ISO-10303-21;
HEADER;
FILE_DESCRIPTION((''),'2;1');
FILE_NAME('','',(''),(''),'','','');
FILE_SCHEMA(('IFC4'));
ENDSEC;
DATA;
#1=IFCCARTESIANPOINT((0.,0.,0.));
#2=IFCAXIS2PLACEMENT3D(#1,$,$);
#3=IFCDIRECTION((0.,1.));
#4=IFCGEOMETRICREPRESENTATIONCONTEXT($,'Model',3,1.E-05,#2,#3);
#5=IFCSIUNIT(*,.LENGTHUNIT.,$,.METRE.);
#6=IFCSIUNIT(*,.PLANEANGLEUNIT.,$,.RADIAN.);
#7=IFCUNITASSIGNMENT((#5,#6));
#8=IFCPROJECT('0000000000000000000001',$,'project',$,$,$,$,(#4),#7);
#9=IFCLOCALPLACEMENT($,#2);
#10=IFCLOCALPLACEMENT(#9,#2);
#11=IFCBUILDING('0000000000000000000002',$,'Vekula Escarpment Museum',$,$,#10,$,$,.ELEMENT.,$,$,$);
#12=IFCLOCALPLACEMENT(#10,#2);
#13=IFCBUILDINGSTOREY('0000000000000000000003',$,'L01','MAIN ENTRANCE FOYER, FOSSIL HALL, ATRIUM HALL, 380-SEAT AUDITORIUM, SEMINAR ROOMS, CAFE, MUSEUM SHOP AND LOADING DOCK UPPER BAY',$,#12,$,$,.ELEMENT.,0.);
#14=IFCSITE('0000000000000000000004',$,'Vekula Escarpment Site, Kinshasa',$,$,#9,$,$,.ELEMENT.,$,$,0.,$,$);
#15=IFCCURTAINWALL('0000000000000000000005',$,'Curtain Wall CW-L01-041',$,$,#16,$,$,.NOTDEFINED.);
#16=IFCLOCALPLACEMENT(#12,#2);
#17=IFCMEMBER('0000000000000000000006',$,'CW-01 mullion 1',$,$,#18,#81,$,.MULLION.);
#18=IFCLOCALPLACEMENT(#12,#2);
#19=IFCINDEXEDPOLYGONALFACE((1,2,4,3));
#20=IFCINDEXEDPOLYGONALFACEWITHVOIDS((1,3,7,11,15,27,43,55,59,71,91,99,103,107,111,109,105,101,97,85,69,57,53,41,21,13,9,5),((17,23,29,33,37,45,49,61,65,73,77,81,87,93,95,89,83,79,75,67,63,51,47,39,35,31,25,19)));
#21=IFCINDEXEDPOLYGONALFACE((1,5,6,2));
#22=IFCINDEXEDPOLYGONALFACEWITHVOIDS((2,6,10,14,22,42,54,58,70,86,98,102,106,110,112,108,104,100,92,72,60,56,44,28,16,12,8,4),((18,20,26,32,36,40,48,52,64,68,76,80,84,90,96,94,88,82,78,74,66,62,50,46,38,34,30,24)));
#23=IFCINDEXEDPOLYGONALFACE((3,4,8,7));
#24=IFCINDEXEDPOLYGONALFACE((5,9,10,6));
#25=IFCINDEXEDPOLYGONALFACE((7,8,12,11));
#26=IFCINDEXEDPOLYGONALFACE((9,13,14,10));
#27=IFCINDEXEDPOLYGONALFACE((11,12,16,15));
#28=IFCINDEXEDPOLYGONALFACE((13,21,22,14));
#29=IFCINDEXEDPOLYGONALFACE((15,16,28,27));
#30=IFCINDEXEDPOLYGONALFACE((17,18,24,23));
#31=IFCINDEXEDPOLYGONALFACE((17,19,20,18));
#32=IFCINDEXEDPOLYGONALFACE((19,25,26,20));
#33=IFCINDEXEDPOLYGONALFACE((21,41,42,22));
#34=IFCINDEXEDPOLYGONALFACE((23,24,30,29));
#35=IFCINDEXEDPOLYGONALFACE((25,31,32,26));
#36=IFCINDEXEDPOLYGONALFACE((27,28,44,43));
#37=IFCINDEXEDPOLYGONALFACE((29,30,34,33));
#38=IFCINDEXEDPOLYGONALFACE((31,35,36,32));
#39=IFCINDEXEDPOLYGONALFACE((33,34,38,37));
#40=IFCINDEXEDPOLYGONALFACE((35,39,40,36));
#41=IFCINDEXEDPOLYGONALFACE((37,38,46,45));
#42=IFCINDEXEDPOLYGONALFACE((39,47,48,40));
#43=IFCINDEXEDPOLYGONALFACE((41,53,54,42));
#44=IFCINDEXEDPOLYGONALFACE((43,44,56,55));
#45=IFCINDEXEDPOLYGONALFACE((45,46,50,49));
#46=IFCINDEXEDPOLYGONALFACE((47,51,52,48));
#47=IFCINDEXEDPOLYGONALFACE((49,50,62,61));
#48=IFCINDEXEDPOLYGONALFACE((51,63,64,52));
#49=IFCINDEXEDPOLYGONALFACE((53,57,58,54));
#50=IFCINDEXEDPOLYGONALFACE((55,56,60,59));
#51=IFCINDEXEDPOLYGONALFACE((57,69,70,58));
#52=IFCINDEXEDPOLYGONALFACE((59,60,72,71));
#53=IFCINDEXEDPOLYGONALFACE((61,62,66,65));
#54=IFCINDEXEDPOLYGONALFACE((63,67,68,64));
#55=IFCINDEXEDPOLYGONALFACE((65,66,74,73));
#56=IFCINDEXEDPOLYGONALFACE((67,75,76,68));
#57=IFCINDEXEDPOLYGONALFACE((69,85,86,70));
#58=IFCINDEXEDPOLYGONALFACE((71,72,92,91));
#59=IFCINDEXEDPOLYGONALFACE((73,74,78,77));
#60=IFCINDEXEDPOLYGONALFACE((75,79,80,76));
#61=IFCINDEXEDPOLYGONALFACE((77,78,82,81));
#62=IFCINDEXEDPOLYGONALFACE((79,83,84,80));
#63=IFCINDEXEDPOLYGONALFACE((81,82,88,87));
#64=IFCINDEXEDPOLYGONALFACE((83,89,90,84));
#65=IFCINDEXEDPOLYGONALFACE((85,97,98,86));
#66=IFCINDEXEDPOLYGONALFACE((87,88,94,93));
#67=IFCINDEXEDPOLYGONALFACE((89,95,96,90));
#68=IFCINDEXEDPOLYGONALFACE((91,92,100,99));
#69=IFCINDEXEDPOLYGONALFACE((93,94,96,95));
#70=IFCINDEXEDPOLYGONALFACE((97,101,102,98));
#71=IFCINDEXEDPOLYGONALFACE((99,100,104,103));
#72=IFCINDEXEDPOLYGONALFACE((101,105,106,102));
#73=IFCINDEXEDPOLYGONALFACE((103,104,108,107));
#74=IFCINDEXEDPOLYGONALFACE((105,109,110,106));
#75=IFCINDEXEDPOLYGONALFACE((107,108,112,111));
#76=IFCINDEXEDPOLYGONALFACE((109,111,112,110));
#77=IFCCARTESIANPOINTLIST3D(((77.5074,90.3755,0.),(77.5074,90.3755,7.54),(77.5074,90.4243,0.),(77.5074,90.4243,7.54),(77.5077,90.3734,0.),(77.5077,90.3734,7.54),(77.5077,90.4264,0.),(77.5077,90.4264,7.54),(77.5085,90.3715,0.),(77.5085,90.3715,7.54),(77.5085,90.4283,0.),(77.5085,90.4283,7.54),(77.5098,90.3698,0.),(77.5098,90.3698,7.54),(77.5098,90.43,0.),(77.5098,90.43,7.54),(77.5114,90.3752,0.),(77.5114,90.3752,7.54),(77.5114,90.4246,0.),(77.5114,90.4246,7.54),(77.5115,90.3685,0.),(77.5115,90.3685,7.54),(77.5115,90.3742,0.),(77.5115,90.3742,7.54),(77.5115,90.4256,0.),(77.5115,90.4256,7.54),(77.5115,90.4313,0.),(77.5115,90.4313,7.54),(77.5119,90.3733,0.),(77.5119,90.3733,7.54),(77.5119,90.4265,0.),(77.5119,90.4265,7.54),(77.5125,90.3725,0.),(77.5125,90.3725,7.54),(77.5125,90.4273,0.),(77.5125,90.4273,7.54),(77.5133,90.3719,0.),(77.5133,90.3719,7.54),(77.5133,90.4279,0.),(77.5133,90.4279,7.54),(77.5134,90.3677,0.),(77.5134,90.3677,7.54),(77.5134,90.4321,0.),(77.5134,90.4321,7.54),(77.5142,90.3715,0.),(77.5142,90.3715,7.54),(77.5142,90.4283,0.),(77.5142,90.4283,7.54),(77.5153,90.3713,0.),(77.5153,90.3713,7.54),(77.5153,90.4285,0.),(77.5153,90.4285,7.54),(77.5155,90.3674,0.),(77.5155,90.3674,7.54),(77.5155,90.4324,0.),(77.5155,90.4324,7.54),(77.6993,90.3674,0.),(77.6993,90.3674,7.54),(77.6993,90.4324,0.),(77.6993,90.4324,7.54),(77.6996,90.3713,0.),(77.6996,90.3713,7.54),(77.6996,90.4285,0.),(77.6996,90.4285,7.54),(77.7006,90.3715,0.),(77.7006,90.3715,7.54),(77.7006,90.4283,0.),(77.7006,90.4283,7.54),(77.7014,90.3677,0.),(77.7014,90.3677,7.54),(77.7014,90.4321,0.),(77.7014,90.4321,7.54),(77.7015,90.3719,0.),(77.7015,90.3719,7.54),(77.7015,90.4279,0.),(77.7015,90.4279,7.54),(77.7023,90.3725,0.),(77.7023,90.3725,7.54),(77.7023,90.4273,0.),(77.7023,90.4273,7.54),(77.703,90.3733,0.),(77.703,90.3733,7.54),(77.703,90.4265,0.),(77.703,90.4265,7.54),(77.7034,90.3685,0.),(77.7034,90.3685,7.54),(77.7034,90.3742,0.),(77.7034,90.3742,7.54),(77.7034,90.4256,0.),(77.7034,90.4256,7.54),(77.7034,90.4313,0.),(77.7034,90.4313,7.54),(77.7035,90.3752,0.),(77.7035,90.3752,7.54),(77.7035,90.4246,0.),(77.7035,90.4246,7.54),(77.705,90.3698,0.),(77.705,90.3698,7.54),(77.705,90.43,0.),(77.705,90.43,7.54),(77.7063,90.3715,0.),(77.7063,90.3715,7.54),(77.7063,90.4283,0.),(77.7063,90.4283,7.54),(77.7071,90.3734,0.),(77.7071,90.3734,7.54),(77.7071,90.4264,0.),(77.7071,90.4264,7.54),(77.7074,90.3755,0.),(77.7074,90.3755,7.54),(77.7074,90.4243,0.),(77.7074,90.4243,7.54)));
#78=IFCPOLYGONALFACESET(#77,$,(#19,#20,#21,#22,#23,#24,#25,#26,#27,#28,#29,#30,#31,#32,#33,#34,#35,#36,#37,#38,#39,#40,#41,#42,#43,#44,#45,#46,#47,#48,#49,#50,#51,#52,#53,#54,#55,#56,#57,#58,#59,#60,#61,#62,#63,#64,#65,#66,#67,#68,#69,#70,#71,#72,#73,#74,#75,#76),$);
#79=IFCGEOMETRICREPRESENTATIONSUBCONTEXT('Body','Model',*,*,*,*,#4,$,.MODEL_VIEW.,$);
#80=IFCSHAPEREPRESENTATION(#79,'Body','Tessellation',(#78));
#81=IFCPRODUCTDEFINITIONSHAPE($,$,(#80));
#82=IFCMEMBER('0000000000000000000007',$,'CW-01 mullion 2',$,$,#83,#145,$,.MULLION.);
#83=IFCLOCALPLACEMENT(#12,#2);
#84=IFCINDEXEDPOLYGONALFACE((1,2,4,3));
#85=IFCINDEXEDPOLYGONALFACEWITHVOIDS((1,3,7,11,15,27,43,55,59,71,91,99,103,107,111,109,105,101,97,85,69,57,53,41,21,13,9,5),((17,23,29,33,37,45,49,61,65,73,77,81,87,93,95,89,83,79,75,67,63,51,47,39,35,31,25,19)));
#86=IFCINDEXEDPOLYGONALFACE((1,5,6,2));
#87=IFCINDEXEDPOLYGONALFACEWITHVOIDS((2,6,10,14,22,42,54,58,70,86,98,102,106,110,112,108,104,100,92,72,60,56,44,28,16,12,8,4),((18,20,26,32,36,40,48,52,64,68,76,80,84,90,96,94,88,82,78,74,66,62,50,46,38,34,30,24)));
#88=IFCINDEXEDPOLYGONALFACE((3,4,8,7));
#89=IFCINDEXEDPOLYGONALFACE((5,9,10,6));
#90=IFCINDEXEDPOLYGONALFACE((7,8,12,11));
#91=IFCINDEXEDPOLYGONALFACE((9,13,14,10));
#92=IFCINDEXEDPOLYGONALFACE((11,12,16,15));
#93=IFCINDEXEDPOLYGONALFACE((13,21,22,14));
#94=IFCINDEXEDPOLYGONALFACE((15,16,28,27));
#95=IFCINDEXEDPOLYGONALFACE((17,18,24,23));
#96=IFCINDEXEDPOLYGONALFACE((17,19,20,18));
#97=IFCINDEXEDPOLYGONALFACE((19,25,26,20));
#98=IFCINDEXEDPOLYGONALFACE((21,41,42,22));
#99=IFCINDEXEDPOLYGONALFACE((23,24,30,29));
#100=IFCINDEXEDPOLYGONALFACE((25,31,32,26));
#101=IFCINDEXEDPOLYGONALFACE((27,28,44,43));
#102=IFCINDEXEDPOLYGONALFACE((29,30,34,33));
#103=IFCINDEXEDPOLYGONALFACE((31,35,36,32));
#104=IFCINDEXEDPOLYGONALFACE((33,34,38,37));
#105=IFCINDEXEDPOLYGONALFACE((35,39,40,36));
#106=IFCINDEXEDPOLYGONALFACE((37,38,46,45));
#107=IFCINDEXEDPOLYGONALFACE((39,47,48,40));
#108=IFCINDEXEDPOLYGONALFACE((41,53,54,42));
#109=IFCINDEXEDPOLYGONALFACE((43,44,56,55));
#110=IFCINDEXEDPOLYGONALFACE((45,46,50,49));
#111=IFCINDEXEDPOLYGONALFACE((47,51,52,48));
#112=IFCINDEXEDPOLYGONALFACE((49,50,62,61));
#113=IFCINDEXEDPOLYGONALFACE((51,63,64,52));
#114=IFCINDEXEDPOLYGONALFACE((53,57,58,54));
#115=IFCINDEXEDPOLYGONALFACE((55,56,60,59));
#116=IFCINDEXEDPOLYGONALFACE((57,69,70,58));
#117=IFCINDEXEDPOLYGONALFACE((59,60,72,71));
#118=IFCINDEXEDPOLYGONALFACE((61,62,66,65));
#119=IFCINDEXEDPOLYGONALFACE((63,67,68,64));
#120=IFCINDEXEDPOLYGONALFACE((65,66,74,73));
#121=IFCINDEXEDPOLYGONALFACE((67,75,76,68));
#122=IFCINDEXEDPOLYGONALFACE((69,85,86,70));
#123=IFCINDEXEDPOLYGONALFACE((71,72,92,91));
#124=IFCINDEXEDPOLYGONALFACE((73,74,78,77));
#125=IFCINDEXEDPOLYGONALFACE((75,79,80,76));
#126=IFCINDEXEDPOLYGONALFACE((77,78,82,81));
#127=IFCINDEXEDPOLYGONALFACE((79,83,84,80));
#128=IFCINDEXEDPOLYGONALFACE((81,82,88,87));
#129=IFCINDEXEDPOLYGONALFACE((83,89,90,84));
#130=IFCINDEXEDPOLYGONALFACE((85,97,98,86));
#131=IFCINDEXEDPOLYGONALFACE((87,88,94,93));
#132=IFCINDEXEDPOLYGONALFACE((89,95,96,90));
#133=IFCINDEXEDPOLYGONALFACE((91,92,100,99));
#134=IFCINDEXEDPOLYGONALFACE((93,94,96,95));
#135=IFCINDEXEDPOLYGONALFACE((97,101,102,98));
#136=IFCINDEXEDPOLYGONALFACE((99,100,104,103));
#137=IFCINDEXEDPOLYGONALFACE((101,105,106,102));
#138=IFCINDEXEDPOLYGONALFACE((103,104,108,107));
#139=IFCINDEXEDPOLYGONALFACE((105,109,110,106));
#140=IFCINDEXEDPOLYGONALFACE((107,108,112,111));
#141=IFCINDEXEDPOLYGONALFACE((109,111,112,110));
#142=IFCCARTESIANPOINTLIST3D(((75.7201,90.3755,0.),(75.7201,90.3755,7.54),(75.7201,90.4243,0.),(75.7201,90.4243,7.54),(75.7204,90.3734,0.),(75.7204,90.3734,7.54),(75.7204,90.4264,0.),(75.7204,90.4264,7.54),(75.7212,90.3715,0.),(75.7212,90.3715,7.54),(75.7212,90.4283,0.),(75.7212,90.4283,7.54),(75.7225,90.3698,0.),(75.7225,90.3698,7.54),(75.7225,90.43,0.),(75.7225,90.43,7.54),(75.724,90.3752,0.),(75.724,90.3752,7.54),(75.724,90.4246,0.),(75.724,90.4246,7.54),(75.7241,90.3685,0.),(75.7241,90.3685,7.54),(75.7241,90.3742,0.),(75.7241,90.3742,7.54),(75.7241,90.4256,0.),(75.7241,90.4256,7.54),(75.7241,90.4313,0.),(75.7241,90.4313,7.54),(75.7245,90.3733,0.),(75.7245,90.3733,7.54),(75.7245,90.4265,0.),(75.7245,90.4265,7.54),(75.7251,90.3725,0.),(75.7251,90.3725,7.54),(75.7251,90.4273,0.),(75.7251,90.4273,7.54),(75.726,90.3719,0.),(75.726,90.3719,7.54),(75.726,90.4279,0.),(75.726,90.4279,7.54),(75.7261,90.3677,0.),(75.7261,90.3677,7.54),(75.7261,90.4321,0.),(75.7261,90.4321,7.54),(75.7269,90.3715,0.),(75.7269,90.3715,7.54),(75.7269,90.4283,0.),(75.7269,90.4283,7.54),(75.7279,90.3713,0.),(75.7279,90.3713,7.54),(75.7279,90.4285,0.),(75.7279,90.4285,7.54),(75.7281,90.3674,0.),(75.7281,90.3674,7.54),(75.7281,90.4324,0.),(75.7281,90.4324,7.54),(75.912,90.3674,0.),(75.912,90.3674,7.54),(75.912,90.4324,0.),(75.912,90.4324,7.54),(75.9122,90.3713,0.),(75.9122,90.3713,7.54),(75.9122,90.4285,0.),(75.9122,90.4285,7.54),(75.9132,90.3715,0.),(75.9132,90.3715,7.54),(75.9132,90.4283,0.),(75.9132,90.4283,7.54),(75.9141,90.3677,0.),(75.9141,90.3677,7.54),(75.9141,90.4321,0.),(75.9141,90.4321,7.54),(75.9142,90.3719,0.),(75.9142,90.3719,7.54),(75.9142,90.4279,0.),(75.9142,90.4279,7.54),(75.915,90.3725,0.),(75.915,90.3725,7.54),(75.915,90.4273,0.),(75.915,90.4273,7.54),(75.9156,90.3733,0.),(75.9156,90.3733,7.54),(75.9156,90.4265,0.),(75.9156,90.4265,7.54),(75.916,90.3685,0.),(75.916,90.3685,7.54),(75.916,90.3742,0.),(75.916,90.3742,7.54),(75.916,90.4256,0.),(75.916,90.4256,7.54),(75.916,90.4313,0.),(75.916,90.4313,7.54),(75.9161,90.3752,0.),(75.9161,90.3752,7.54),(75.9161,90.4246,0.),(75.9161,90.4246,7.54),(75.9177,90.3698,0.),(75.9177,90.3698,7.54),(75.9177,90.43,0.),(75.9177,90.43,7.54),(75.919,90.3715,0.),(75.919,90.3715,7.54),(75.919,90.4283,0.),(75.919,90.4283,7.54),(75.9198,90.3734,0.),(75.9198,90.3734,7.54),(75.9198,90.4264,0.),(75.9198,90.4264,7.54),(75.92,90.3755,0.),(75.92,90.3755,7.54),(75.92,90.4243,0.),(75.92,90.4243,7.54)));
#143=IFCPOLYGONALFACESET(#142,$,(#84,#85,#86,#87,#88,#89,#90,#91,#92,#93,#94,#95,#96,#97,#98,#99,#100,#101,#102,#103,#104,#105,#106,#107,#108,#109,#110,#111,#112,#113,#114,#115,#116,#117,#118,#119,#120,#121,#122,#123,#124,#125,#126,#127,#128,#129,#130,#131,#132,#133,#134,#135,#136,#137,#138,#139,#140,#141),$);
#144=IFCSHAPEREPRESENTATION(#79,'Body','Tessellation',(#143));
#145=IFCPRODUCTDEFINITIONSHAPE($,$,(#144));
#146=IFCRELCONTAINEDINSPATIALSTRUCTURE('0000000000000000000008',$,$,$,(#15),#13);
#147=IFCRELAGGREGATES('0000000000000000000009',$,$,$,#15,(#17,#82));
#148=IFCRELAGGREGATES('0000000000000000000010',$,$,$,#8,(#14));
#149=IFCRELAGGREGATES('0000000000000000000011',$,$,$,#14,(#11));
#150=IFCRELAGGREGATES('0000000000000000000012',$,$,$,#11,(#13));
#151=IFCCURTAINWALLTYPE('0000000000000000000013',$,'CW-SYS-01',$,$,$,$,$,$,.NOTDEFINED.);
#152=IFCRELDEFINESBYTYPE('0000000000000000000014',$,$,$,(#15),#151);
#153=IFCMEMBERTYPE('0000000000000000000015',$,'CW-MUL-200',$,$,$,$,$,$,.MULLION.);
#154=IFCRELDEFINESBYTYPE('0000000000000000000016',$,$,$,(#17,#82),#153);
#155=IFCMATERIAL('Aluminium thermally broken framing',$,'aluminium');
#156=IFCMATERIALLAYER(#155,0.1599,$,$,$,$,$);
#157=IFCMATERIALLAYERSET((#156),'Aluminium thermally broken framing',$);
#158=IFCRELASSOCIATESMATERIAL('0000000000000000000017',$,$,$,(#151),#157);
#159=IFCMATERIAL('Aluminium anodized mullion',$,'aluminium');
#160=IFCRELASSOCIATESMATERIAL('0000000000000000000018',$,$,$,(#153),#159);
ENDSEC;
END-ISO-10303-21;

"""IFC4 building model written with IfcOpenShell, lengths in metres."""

from ifc_helpers import new_model, si_unit, direction, frame, origin, origin_2d, place, context, subcontext, project, spatial, hollow_rectangle, extrude, material, layer, layer_set, material_profile, profile_set, type_object, element, aggregate, save


model = new_model("IFC4")

# Units and contexts
model_context = context("Model", 3, precision=1e-05, world=origin(), true_north=direction((0.0, 1.0)))
body_context = subcontext(model_context, "Body", "Model", "MODEL_VIEW")
ifc_project = project(units=[si_unit("LENGTHUNIT", "METRE"), si_unit("PLANEANGLEUNIT", "RADIAN")], contexts=[model_context])

# Site, building, storey
site_placement = place(None, origin())
site = spatial("IfcSite", under=ifc_project, at=site_placement, Name="Vekula Escarpment Site, Kinshasa", CompositionType="ELEMENT", RefElevation=0.0)
building_placement = place(site_placement, origin())
building = spatial("IfcBuilding", under=site, at=building_placement, Name="Vekula Escarpment Museum", CompositionType="ELEMENT")
storey_placement = place(building_placement, origin())
storey = spatial("IfcBuildingStorey", under=building, at=storey_placement, Name="L01", Description="MAIN ENTRANCE FOYER, FOSSIL HALL, ATRIUM HALL, 380-SEAT AUDITORIUM, SEMINAR ROOMS, CAFE, MUSEUM SHOP AND LOADING DOCK UPPER BAY", CompositionType="ELEMENT", Elevation=0.0)

# Curtain wall, members
ifc_material_1 = material(Name="Aluminium thermally broken framing", Category="aluminium")
ifc_layer_1 = layer(ifc_material_1, 0.1599)
ifc_layer_set_1 = layer_set([ifc_layer_1], Name="Aluminium thermally broken framing")
curtain_wall_type = type_object("IfcCurtainWallType", Name="CW-SYS-01", PredefinedType="NOTDEFINED", material=ifc_layer_set_1)
curtain_wall_placement = place(storey_placement, origin())
curtain_wall = element("IfcCurtainWall", 1, at=curtain_wall_placement, inside=storey, type_object=curtain_wall_type, Name="Curtain Wall CW-L01-041", PredefinedType="NOTDEFINED")
ifc_material_2 = material(Name="Aluminium anodized mullion", Category="aluminium")
ifc_material_profile_1 = material_profile(ifc_material_2, hollow_rectangle(XDim=0.0649, YDim=0.2, WallThickness=0.0039, InnerFilletRadius=0.0039, OuterFilletRadius=0.0081, at=origin_2d()), Name="ALU 200x65x4")
ifc_profile_set_1 = profile_set([ifc_material_profile_1], Name="Aluminium anodized mullion")
member_type_1 = type_object("IfcMemberType", Name="CW-MUL-200", PredefinedType="MULLION", material=ifc_profile_set_1)
member_1_placement = place(storey_placement, frame((77.6074, 90.3999, 0.0), z_axis=(0.0, 0.0, 1.0), x_axis=(0.0, -1.0, 0.0)))
member_1 = element("IfcMember", 2, at=member_1_placement, type_object=member_type_1, Name="CW-01 mullion 1", PredefinedType="MULLION", context=body_context, shape_type="SweptSolid", body=[
    extrude(hollow_rectangle(XDim=0.0649, YDim=0.2, WallThickness=0.0039, InnerFilletRadius=0.0039, OuterFilletRadius=0.0081, at=origin_2d()), origin(), (0.0, 0.0, 1.0), 7.54),
])
member_2_placement = place(storey_placement, frame((75.8201, 90.3999, 0.0), z_axis=(0.0, 0.0, 1.0), x_axis=(0.0, -1.0, 0.0)))
member_2 = element("IfcMember", 3, at=member_2_placement, type_object=member_type_1, Name="CW-01 mullion 2", PredefinedType="MULLION", context=body_context, shape_type="SweptSolid", body=[
    extrude(hollow_rectangle(XDim=0.0649, YDim=0.2, WallThickness=0.0039, InnerFilletRadius=0.0039, OuterFilletRadius=0.0081, at=origin_2d()), origin(), (0.0, 0.0, 1.0), 7.54),
])

aggregate(curtain_wall, [member_1, member_2])

save(model, "model.ifc")
